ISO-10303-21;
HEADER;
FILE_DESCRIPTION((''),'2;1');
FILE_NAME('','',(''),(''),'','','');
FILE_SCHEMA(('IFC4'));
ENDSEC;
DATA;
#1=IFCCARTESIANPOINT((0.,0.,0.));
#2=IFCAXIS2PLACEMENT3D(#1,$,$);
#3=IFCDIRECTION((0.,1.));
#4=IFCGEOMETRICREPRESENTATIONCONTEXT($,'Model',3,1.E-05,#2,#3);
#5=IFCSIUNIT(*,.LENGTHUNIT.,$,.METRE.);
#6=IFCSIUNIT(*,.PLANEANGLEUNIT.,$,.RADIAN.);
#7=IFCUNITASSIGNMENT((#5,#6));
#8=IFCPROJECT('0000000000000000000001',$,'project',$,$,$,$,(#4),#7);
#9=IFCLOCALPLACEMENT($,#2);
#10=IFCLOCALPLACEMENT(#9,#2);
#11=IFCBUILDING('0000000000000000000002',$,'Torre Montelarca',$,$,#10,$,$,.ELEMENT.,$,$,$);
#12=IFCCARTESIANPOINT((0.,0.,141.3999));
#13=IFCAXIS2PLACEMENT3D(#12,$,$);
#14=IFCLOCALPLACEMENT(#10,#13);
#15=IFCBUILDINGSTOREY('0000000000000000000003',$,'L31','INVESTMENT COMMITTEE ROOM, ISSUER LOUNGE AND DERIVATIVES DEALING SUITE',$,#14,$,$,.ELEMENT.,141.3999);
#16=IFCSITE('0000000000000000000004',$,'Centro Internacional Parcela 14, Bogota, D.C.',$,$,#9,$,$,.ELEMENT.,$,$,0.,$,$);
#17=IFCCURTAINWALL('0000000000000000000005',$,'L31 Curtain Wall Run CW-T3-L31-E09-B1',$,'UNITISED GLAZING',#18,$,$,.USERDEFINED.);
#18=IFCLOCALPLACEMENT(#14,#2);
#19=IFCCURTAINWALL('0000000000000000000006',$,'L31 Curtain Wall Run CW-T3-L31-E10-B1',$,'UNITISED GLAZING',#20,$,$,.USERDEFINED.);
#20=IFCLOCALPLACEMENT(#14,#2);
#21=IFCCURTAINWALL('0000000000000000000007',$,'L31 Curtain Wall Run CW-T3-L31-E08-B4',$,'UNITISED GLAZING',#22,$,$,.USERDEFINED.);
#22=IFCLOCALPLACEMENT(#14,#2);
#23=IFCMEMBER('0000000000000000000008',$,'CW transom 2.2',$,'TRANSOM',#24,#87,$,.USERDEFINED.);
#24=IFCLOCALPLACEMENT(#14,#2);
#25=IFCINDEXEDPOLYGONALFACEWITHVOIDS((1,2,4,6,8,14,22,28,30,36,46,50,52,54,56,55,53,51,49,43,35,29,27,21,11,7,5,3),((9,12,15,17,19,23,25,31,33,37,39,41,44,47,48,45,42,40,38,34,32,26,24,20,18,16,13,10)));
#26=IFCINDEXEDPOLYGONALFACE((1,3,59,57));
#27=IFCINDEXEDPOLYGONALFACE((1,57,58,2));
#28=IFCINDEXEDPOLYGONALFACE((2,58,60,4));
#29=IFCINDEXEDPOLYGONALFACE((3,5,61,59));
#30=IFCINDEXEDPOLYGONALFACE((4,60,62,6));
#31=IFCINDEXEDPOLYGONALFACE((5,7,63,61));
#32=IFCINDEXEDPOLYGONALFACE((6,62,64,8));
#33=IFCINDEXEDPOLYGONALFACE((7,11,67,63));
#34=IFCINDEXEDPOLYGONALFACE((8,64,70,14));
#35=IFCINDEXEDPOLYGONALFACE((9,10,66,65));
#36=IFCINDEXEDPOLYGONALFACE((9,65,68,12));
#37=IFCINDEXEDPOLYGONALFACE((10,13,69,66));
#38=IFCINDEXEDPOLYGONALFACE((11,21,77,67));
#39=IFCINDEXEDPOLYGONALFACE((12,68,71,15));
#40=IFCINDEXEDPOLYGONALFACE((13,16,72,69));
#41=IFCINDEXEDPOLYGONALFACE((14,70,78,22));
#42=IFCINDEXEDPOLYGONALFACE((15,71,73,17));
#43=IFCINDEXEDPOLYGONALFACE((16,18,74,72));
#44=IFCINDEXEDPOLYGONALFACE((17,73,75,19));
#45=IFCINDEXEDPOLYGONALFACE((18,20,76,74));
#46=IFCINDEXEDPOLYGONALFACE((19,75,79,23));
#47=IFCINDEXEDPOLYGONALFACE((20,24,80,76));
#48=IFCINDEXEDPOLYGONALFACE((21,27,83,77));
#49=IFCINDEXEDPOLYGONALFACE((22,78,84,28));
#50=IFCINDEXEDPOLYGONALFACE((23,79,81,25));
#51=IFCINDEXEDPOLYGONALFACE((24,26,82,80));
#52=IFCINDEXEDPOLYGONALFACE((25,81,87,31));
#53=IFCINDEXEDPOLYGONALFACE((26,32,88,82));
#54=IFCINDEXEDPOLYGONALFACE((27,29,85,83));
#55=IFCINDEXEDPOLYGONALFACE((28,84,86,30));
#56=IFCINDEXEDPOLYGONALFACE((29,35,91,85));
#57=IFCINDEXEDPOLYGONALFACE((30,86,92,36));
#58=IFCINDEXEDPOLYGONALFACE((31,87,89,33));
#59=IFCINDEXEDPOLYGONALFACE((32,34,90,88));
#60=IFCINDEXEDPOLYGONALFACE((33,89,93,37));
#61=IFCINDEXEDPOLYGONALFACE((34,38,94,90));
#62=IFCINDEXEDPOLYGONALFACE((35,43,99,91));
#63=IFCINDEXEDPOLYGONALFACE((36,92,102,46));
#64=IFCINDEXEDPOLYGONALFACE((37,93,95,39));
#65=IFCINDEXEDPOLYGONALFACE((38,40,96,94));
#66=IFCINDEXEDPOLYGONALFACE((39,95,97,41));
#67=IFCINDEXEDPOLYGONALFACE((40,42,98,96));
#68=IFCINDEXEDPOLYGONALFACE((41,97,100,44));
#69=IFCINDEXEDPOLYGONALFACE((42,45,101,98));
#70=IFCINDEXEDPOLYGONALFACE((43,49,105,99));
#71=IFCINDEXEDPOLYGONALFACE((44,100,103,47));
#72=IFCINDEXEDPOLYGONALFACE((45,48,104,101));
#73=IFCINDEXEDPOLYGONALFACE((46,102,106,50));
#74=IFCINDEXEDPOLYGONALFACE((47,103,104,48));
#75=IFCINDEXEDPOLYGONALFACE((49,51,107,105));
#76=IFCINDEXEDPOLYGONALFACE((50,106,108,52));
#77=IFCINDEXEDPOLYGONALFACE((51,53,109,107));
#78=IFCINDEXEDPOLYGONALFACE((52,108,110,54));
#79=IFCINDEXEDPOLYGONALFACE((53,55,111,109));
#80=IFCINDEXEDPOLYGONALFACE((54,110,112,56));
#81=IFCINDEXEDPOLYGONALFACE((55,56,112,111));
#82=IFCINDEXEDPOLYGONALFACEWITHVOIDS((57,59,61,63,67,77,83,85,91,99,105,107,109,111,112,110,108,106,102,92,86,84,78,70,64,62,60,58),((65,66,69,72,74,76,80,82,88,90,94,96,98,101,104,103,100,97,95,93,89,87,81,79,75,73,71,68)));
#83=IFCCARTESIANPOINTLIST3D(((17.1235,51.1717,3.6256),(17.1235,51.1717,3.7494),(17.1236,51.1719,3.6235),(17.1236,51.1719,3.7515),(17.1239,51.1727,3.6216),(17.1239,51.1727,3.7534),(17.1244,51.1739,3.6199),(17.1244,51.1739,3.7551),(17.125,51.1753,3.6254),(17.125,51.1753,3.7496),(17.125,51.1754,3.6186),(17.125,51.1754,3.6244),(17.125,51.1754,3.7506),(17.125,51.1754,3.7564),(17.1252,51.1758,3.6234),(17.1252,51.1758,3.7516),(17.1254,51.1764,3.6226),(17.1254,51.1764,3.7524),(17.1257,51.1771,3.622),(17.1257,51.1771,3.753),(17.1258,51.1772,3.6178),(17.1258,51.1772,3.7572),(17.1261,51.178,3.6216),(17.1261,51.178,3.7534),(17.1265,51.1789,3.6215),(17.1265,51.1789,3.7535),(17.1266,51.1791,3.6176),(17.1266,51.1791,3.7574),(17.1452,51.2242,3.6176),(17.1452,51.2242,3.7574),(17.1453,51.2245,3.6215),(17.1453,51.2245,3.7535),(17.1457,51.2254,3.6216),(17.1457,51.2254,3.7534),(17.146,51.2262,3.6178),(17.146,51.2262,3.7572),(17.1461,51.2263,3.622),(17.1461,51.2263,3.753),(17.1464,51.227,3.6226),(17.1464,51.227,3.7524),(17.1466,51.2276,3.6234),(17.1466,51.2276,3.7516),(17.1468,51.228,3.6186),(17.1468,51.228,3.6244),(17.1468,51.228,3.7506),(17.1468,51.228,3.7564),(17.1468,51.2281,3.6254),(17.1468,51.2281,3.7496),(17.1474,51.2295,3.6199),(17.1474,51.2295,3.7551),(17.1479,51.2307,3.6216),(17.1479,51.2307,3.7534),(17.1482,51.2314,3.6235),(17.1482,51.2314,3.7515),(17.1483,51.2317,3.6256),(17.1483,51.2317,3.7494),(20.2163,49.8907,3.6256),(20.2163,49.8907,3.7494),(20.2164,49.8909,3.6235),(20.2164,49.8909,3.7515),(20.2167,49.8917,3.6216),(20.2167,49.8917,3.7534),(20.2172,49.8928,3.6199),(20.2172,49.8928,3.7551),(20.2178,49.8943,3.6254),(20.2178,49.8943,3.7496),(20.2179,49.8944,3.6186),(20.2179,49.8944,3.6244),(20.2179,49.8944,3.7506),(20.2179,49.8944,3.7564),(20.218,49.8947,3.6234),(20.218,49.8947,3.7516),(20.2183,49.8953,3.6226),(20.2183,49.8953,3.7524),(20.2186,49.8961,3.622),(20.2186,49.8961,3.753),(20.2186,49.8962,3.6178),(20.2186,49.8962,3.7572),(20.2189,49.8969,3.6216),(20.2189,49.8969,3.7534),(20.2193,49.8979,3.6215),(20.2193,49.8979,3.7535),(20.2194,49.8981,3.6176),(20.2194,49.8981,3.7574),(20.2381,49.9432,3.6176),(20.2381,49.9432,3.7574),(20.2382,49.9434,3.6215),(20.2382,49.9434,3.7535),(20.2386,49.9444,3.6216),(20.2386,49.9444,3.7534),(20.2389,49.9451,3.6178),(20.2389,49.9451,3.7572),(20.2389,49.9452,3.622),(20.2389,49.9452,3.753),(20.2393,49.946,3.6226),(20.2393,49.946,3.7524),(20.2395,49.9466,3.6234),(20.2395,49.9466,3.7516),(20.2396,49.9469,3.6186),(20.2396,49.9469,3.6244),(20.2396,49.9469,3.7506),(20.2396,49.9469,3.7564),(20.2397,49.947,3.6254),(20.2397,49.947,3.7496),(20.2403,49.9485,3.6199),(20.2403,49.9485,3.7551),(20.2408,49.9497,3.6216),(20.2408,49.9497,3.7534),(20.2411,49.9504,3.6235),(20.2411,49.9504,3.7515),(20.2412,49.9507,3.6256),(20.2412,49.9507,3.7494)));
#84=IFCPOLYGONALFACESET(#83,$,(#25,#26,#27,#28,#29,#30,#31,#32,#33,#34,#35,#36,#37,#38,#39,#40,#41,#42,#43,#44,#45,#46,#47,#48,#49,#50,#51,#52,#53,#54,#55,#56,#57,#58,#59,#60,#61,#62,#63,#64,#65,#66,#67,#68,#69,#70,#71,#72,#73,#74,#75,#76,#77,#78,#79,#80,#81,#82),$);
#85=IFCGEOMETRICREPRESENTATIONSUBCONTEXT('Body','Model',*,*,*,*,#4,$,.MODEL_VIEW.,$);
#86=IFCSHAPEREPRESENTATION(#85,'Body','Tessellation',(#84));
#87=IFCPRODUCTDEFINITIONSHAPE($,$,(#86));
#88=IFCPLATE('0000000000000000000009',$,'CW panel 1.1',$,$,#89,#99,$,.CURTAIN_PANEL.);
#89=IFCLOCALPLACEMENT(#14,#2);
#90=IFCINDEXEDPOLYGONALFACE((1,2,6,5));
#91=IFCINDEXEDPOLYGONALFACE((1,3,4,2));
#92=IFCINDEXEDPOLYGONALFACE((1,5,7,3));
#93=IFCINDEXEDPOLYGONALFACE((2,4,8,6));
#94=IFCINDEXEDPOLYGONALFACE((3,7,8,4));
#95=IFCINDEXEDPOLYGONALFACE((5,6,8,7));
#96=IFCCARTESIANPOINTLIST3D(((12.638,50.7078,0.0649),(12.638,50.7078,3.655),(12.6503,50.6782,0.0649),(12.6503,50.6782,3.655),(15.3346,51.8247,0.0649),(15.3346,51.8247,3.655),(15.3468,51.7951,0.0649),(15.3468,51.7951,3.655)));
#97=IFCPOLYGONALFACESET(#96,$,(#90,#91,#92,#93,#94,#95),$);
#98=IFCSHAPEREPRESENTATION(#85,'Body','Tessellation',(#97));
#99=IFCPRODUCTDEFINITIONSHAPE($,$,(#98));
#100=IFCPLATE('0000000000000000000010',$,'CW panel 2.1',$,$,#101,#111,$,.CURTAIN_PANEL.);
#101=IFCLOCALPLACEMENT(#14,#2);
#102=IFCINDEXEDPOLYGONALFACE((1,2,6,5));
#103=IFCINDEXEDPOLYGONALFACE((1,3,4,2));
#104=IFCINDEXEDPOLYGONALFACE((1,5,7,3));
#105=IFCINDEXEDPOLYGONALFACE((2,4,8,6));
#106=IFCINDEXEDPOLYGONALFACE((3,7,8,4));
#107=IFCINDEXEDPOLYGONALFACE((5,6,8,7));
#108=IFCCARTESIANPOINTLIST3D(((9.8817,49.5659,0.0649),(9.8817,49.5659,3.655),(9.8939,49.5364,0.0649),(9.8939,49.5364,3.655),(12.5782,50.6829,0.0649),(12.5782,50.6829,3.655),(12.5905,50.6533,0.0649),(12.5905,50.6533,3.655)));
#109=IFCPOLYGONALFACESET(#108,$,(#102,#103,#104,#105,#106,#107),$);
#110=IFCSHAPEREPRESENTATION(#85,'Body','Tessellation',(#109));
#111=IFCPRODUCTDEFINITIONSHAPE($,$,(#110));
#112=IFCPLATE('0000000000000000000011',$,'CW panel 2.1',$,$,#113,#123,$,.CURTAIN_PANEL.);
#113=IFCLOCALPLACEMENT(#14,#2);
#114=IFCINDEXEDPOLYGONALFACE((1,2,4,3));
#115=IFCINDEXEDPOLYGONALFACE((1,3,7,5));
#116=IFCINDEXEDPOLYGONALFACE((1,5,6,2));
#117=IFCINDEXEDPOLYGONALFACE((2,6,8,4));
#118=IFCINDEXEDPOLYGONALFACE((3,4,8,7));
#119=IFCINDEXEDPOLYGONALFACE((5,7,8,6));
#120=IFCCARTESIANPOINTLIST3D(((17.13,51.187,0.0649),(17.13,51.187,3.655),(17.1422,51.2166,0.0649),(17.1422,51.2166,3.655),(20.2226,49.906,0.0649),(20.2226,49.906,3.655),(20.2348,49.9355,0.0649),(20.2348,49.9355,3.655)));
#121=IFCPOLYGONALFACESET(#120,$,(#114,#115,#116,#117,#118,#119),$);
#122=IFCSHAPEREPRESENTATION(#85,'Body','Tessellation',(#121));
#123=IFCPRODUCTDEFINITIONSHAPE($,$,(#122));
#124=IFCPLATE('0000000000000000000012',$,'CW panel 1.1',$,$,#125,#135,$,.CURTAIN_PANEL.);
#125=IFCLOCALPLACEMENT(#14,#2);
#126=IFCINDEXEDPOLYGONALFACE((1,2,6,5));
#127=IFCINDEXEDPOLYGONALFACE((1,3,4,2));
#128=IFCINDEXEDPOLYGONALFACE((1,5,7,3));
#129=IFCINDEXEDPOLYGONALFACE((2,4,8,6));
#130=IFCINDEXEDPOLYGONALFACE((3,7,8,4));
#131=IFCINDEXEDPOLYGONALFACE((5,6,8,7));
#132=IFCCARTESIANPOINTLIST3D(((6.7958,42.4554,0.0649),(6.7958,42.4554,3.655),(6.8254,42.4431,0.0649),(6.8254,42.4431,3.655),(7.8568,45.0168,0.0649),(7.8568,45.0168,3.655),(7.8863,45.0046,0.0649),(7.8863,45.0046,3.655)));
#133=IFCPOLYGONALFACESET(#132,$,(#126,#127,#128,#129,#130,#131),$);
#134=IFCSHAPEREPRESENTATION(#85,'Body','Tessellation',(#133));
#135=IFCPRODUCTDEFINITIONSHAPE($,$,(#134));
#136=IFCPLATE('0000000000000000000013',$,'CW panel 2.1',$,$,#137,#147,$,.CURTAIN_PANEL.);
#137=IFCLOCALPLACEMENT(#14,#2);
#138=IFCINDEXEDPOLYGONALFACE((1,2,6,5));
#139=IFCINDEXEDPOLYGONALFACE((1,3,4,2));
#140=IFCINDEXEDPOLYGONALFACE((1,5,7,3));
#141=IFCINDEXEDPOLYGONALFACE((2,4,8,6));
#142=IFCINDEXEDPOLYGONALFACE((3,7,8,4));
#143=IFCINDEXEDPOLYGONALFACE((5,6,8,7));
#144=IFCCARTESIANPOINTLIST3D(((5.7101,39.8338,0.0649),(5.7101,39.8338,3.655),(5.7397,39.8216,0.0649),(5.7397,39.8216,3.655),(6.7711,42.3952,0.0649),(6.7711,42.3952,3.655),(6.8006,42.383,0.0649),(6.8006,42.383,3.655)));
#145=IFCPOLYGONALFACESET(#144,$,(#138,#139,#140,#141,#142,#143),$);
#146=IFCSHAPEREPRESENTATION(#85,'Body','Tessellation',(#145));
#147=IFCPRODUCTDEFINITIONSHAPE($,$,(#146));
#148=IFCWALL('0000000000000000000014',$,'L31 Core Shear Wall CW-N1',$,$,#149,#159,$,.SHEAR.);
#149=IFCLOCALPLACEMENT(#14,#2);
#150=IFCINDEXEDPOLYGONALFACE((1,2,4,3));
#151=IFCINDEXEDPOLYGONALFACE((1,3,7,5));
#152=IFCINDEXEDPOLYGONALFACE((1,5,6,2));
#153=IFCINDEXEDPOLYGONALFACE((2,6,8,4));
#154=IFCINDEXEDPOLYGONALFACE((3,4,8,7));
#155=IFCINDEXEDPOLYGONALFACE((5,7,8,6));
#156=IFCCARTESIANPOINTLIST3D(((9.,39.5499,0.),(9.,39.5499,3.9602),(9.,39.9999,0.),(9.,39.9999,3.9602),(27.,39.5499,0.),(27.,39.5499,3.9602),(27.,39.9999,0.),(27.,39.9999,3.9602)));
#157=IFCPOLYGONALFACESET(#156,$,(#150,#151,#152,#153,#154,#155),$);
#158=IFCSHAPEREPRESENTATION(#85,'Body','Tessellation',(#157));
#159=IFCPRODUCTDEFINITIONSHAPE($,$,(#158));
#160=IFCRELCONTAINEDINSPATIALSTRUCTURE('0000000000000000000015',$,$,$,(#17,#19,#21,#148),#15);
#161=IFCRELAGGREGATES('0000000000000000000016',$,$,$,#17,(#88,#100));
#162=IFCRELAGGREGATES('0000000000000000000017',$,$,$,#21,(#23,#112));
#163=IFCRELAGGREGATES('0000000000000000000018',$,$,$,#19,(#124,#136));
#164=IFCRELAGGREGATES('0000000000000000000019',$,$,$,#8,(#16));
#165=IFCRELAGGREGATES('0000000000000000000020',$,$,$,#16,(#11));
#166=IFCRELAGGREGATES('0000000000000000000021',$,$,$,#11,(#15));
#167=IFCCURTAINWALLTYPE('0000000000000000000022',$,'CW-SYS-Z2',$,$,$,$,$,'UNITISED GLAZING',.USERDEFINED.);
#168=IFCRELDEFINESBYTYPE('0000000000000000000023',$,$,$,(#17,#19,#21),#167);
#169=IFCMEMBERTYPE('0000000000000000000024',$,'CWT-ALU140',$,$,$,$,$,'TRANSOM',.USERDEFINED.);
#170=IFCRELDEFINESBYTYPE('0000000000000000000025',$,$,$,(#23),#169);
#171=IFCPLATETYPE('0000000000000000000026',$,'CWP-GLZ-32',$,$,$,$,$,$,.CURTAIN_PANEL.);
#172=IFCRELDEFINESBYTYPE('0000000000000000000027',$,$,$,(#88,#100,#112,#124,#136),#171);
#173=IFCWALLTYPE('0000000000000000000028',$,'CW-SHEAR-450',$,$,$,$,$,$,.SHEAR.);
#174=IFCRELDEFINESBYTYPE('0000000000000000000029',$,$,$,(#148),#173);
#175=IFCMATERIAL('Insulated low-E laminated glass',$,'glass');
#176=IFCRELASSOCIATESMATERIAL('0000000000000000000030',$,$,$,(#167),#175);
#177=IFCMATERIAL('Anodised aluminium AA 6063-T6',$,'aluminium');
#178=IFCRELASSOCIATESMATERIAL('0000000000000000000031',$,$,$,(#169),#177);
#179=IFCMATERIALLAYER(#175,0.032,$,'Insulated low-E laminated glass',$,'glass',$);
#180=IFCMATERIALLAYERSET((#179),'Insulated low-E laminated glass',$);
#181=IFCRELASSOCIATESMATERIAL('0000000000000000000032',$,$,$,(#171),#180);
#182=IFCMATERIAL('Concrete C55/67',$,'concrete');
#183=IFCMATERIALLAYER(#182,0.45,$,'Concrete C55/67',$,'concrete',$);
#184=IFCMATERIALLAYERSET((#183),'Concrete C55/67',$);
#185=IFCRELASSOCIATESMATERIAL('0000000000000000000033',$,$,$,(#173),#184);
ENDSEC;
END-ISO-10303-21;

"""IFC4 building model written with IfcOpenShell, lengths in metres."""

from ifc_helpers import new_model, si_unit, direction, frame, frame_2d, origin, origin_2d, place, context, subcontext, project, spatial, rectangle, hollow_rectangle, extrude, source, transform, mapped, material, layer, layer_set, material_profile, profile_set, type_object, element, aggregate, save


model = new_model("IFC4")

# Units and contexts
model_context = context("Model", 3, precision=1e-05, world=origin(), true_north=direction((0.0, 1.0)))
body_context = subcontext(model_context, "Body", "Model", "MODEL_VIEW")
ifc_project = project(units=[si_unit("LENGTHUNIT", "METRE"), si_unit("PLANEANGLEUNIT", "RADIAN")], contexts=[model_context])

# Site, building, storey
site_placement = place(None, origin())
site = spatial("IfcSite", under=ifc_project, at=site_placement, Name="Centro Internacional Parcela 14, Bogota, D.C.", CompositionType="ELEMENT", RefElevation=0.0)
building_placement = place(site_placement, origin())
building = spatial("IfcBuilding", under=site, at=building_placement, Name="Torre Montelarca", CompositionType="ELEMENT")
storey_placement = place(building_placement, frame((0.0, 0.0, 141.3999)))
storey = spatial("IfcBuildingStorey", under=building, at=storey_placement, Name="L31", Description="INVESTMENT COMMITTEE ROOM, ISSUER LOUNGE AND DERIVATIVES DEALING SUITE", CompositionType="ELEMENT", Elevation=141.3999)

# Shared definitions
ifc_material_1 = material(Name="Concrete C55/67", Category="concrete")

# Curtain walls
ifc_material_2 = material(Name="Insulated low-E laminated glass", Category="glass")
curtain_wall_type = type_object("IfcCurtainWallType", Name="CW-SYS-Z2", ElementType="UNITISED GLAZING", PredefinedType="USERDEFINED", material=ifc_material_2)
curtain_wall_1_placement = place(storey_placement, origin())
curtain_wall_1 = element("IfcCurtainWall", 1, at=curtain_wall_1_placement, inside=storey, type_object=curtain_wall_type, Name="L31 Curtain Wall Run CW-T3-L31-E09-B1", ObjectType="UNITISED GLAZING", PredefinedType="USERDEFINED")
ifc_material_3 = material(Name="Anodised aluminium AA 6063-T6", Category="aluminium")
ifc_material_profile_1 = material_profile(ifc_material_3, hollow_rectangle(XDim=0.0649, YDim=0.1399, WallThickness=0.0039, InnerFilletRadius=0.0039, OuterFilletRadius=0.0081, at=origin_2d()), Name="ALU65X140X4", Category="aluminium")
ifc_profile_set_1 = profile_set([ifc_material_profile_1], Name="Anodised aluminium AA 6063-T6")
member_type_1 = type_object("IfcMemberType", Name="CWT-ALU140", ElementType="TRANSOM", PredefinedType="USERDEFINED", material=ifc_profile_set_1)
curtain_wall_2_placement = place(storey_placement, origin())
curtain_wall_2 = element("IfcCurtainWall", 2, at=curtain_wall_2_placement, inside=storey, type_object=curtain_wall_type, Name="L31 Curtain Wall Run CW-T3-L31-E10-B1", ObjectType="UNITISED GLAZING", PredefinedType="USERDEFINED")
curtain_wall_3_placement = place(storey_placement, origin())
curtain_wall_3 = element("IfcCurtainWall", 3, at=curtain_wall_3_placement, inside=storey, type_object=curtain_wall_type, Name="L31 Curtain Wall Run CW-T3-L31-E08-B4", ObjectType="UNITISED GLAZING", PredefinedType="USERDEFINED")

# Member
shared_shape_1 = source(origin(), body_context, "Body", "SweptSolid", [
    extrude(hollow_rectangle(XDim=0.0649, YDim=0.1399, WallThickness=0.0039, InnerFilletRadius=0.0039, OuterFilletRadius=0.0081, at=origin_2d()), origin(), (0.0, 0.0, 1.0), 3.3477),
])
member_1_placement = place(storey_placement, frame((20.2288, 49.9207, 3.6875), z_axis=(-0.923886, 0.382667, 0.0), x_axis=(-0.382667, -0.923886, 0.0)))
member_1 = element("IfcMember", 4, at=member_1_placement, type_object=member_type_1, Name="CW transom 2.2", ObjectType="TRANSOM", PredefinedType="USERDEFINED", context=body_context, shape_type="MappedRepresentation", body=[
    mapped(shared_shape_1, transform((0.0, 0.0, 0.0), scale=1.0)),
])

# Plates
ifc_layer_1 = layer(ifc_material_2, 0.032, Name="Insulated low-E laminated glass", Category="glass")
ifc_layer_set_1 = layer_set([ifc_layer_1], Name="Insulated low-E laminated glass")
plate_type = type_object("IfcPlateType", Name="CWP-GLZ-32", PredefinedType="CURTAIN_PANEL", material=ifc_layer_set_1)
shared_shape_2 = source(origin(), body_context, "Body", "SweptSolid", [
    extrude(rectangle(XDim=2.9187, YDim=0.032, at=origin_2d()), origin(), (0.0, 0.0, 1.0), 3.5901),
])
plate_1_placement = place(storey_placement, frame((13.9924, 51.2515, 0.0649), z_axis=(0.0, 0.0, 1.0), x_axis=(-0.923883, -0.382676, 0.0)))
plate_1 = element("IfcPlate", 5, at=plate_1_placement, type_object=plate_type, Name="CW panel 1.1", PredefinedType="CURTAIN_PANEL", context=body_context, shape_type="MappedRepresentation", body=[
    mapped(shared_shape_2, transform((0.0, 0.0, 0.0), scale=1.0)),
])
plate_2_placement = place(storey_placement, frame((11.2361, 50.1096, 0.0649), z_axis=(0.0, 0.0, 1.0), x_axis=(-0.923883, -0.382676, 0.0)))
plate_2 = element("IfcPlate", 6, at=plate_2_placement, type_object=plate_type, Name="CW panel 2.1", PredefinedType="CURTAIN_PANEL", context=body_context, shape_type="MappedRepresentation", body=[
    mapped(shared_shape_2, transform((0.0, 0.0, 0.0), scale=1.0)),
])
aggregate(curtain_wall_1, [plate_1, plate_2])
shared_shape_3 = source(origin(), body_context, "Body", "SweptSolid", [
    extrude(rectangle(XDim=3.3474, YDim=0.032, at=origin_2d()), origin(), (0.0, 0.0, 1.0), 3.5901),
])
plate_3_placement = place(storey_placement, frame((18.6824, 50.5613, 0.0649), z_axis=(0.0, 0.0, 1.0), x_axis=(-0.923878, 0.382686, 0.0)))
plate_3 = element("IfcPlate", 7, at=plate_3_placement, type_object=plate_type, Name="CW panel 2.1", PredefinedType="CURTAIN_PANEL", context=body_context, shape_type="MappedRepresentation", body=[
    mapped(shared_shape_3, transform((0.0, 0.0, 0.0), scale=1.0)),
])
aggregate(curtain_wall_3, [member_1, plate_3])
shared_shape_4 = source(origin(), body_context, "Body", "SweptSolid", [
    extrude(rectangle(XDim=2.7725, YDim=0.032, at=origin_2d()), origin(), (0.0, 0.0, 1.0), 3.5901),
])
plate_4_placement = place(storey_placement, frame((7.3411, 43.73, 0.0649), z_axis=(0.0, 0.0, 1.0), x_axis=(-0.382681, -0.923881, 0.0)))
plate_4 = element("IfcPlate", 8, at=plate_4_placement, type_object=plate_type, Name="CW panel 1.1", PredefinedType="CURTAIN_PANEL", context=body_context, shape_type="MappedRepresentation", body=[
    mapped(shared_shape_4, transform((0.0, 0.0, 0.0), scale=1.0)),
])
plate_5_placement = place(storey_placement, frame((6.2554, 41.1084, 0.0649), z_axis=(0.0, 0.0, 1.0), x_axis=(-0.382681, -0.923881, 0.0)))
plate_5 = element("IfcPlate", 9, at=plate_5_placement, type_object=plate_type, Name="CW panel 2.1", PredefinedType="CURTAIN_PANEL", context=body_context, shape_type="MappedRepresentation", body=[
    mapped(shared_shape_4, transform((0.0, 0.0, 0.0), scale=1.0)),
])
aggregate(curtain_wall_2, [plate_4, plate_5])

# Wall
ifc_layer_2 = layer(ifc_material_1, 0.45, Name="Concrete C55/67", Category="concrete")
ifc_layer_set_2 = layer_set([ifc_layer_2], Name="Concrete C55/67")
wall_type_1 = type_object("IfcWallType", Name="CW-SHEAR-450", PredefinedType="SHEAR", material=ifc_layer_set_2)
wall_1_placement = place(storey_placement, frame((9.0, 39.7749, 0.0), z_axis=(0.0, 0.0, 1.0), x_axis=(1.0, 0.0, 0.0)))
element("IfcWall", 10, at=wall_1_placement, inside=storey, type_object=wall_type_1, Name="L31 Core Shear Wall CW-N1", PredefinedType="SHEAR", context=body_context, shape_type="SweptSolid", body=[
    extrude(rectangle(XDim=18.0, YDim=0.45, at=frame_2d((9.0, 0.0))), origin(), (0.0, 0.0, 1.0), 3.9602),
])

save(model, "model.ifc")
